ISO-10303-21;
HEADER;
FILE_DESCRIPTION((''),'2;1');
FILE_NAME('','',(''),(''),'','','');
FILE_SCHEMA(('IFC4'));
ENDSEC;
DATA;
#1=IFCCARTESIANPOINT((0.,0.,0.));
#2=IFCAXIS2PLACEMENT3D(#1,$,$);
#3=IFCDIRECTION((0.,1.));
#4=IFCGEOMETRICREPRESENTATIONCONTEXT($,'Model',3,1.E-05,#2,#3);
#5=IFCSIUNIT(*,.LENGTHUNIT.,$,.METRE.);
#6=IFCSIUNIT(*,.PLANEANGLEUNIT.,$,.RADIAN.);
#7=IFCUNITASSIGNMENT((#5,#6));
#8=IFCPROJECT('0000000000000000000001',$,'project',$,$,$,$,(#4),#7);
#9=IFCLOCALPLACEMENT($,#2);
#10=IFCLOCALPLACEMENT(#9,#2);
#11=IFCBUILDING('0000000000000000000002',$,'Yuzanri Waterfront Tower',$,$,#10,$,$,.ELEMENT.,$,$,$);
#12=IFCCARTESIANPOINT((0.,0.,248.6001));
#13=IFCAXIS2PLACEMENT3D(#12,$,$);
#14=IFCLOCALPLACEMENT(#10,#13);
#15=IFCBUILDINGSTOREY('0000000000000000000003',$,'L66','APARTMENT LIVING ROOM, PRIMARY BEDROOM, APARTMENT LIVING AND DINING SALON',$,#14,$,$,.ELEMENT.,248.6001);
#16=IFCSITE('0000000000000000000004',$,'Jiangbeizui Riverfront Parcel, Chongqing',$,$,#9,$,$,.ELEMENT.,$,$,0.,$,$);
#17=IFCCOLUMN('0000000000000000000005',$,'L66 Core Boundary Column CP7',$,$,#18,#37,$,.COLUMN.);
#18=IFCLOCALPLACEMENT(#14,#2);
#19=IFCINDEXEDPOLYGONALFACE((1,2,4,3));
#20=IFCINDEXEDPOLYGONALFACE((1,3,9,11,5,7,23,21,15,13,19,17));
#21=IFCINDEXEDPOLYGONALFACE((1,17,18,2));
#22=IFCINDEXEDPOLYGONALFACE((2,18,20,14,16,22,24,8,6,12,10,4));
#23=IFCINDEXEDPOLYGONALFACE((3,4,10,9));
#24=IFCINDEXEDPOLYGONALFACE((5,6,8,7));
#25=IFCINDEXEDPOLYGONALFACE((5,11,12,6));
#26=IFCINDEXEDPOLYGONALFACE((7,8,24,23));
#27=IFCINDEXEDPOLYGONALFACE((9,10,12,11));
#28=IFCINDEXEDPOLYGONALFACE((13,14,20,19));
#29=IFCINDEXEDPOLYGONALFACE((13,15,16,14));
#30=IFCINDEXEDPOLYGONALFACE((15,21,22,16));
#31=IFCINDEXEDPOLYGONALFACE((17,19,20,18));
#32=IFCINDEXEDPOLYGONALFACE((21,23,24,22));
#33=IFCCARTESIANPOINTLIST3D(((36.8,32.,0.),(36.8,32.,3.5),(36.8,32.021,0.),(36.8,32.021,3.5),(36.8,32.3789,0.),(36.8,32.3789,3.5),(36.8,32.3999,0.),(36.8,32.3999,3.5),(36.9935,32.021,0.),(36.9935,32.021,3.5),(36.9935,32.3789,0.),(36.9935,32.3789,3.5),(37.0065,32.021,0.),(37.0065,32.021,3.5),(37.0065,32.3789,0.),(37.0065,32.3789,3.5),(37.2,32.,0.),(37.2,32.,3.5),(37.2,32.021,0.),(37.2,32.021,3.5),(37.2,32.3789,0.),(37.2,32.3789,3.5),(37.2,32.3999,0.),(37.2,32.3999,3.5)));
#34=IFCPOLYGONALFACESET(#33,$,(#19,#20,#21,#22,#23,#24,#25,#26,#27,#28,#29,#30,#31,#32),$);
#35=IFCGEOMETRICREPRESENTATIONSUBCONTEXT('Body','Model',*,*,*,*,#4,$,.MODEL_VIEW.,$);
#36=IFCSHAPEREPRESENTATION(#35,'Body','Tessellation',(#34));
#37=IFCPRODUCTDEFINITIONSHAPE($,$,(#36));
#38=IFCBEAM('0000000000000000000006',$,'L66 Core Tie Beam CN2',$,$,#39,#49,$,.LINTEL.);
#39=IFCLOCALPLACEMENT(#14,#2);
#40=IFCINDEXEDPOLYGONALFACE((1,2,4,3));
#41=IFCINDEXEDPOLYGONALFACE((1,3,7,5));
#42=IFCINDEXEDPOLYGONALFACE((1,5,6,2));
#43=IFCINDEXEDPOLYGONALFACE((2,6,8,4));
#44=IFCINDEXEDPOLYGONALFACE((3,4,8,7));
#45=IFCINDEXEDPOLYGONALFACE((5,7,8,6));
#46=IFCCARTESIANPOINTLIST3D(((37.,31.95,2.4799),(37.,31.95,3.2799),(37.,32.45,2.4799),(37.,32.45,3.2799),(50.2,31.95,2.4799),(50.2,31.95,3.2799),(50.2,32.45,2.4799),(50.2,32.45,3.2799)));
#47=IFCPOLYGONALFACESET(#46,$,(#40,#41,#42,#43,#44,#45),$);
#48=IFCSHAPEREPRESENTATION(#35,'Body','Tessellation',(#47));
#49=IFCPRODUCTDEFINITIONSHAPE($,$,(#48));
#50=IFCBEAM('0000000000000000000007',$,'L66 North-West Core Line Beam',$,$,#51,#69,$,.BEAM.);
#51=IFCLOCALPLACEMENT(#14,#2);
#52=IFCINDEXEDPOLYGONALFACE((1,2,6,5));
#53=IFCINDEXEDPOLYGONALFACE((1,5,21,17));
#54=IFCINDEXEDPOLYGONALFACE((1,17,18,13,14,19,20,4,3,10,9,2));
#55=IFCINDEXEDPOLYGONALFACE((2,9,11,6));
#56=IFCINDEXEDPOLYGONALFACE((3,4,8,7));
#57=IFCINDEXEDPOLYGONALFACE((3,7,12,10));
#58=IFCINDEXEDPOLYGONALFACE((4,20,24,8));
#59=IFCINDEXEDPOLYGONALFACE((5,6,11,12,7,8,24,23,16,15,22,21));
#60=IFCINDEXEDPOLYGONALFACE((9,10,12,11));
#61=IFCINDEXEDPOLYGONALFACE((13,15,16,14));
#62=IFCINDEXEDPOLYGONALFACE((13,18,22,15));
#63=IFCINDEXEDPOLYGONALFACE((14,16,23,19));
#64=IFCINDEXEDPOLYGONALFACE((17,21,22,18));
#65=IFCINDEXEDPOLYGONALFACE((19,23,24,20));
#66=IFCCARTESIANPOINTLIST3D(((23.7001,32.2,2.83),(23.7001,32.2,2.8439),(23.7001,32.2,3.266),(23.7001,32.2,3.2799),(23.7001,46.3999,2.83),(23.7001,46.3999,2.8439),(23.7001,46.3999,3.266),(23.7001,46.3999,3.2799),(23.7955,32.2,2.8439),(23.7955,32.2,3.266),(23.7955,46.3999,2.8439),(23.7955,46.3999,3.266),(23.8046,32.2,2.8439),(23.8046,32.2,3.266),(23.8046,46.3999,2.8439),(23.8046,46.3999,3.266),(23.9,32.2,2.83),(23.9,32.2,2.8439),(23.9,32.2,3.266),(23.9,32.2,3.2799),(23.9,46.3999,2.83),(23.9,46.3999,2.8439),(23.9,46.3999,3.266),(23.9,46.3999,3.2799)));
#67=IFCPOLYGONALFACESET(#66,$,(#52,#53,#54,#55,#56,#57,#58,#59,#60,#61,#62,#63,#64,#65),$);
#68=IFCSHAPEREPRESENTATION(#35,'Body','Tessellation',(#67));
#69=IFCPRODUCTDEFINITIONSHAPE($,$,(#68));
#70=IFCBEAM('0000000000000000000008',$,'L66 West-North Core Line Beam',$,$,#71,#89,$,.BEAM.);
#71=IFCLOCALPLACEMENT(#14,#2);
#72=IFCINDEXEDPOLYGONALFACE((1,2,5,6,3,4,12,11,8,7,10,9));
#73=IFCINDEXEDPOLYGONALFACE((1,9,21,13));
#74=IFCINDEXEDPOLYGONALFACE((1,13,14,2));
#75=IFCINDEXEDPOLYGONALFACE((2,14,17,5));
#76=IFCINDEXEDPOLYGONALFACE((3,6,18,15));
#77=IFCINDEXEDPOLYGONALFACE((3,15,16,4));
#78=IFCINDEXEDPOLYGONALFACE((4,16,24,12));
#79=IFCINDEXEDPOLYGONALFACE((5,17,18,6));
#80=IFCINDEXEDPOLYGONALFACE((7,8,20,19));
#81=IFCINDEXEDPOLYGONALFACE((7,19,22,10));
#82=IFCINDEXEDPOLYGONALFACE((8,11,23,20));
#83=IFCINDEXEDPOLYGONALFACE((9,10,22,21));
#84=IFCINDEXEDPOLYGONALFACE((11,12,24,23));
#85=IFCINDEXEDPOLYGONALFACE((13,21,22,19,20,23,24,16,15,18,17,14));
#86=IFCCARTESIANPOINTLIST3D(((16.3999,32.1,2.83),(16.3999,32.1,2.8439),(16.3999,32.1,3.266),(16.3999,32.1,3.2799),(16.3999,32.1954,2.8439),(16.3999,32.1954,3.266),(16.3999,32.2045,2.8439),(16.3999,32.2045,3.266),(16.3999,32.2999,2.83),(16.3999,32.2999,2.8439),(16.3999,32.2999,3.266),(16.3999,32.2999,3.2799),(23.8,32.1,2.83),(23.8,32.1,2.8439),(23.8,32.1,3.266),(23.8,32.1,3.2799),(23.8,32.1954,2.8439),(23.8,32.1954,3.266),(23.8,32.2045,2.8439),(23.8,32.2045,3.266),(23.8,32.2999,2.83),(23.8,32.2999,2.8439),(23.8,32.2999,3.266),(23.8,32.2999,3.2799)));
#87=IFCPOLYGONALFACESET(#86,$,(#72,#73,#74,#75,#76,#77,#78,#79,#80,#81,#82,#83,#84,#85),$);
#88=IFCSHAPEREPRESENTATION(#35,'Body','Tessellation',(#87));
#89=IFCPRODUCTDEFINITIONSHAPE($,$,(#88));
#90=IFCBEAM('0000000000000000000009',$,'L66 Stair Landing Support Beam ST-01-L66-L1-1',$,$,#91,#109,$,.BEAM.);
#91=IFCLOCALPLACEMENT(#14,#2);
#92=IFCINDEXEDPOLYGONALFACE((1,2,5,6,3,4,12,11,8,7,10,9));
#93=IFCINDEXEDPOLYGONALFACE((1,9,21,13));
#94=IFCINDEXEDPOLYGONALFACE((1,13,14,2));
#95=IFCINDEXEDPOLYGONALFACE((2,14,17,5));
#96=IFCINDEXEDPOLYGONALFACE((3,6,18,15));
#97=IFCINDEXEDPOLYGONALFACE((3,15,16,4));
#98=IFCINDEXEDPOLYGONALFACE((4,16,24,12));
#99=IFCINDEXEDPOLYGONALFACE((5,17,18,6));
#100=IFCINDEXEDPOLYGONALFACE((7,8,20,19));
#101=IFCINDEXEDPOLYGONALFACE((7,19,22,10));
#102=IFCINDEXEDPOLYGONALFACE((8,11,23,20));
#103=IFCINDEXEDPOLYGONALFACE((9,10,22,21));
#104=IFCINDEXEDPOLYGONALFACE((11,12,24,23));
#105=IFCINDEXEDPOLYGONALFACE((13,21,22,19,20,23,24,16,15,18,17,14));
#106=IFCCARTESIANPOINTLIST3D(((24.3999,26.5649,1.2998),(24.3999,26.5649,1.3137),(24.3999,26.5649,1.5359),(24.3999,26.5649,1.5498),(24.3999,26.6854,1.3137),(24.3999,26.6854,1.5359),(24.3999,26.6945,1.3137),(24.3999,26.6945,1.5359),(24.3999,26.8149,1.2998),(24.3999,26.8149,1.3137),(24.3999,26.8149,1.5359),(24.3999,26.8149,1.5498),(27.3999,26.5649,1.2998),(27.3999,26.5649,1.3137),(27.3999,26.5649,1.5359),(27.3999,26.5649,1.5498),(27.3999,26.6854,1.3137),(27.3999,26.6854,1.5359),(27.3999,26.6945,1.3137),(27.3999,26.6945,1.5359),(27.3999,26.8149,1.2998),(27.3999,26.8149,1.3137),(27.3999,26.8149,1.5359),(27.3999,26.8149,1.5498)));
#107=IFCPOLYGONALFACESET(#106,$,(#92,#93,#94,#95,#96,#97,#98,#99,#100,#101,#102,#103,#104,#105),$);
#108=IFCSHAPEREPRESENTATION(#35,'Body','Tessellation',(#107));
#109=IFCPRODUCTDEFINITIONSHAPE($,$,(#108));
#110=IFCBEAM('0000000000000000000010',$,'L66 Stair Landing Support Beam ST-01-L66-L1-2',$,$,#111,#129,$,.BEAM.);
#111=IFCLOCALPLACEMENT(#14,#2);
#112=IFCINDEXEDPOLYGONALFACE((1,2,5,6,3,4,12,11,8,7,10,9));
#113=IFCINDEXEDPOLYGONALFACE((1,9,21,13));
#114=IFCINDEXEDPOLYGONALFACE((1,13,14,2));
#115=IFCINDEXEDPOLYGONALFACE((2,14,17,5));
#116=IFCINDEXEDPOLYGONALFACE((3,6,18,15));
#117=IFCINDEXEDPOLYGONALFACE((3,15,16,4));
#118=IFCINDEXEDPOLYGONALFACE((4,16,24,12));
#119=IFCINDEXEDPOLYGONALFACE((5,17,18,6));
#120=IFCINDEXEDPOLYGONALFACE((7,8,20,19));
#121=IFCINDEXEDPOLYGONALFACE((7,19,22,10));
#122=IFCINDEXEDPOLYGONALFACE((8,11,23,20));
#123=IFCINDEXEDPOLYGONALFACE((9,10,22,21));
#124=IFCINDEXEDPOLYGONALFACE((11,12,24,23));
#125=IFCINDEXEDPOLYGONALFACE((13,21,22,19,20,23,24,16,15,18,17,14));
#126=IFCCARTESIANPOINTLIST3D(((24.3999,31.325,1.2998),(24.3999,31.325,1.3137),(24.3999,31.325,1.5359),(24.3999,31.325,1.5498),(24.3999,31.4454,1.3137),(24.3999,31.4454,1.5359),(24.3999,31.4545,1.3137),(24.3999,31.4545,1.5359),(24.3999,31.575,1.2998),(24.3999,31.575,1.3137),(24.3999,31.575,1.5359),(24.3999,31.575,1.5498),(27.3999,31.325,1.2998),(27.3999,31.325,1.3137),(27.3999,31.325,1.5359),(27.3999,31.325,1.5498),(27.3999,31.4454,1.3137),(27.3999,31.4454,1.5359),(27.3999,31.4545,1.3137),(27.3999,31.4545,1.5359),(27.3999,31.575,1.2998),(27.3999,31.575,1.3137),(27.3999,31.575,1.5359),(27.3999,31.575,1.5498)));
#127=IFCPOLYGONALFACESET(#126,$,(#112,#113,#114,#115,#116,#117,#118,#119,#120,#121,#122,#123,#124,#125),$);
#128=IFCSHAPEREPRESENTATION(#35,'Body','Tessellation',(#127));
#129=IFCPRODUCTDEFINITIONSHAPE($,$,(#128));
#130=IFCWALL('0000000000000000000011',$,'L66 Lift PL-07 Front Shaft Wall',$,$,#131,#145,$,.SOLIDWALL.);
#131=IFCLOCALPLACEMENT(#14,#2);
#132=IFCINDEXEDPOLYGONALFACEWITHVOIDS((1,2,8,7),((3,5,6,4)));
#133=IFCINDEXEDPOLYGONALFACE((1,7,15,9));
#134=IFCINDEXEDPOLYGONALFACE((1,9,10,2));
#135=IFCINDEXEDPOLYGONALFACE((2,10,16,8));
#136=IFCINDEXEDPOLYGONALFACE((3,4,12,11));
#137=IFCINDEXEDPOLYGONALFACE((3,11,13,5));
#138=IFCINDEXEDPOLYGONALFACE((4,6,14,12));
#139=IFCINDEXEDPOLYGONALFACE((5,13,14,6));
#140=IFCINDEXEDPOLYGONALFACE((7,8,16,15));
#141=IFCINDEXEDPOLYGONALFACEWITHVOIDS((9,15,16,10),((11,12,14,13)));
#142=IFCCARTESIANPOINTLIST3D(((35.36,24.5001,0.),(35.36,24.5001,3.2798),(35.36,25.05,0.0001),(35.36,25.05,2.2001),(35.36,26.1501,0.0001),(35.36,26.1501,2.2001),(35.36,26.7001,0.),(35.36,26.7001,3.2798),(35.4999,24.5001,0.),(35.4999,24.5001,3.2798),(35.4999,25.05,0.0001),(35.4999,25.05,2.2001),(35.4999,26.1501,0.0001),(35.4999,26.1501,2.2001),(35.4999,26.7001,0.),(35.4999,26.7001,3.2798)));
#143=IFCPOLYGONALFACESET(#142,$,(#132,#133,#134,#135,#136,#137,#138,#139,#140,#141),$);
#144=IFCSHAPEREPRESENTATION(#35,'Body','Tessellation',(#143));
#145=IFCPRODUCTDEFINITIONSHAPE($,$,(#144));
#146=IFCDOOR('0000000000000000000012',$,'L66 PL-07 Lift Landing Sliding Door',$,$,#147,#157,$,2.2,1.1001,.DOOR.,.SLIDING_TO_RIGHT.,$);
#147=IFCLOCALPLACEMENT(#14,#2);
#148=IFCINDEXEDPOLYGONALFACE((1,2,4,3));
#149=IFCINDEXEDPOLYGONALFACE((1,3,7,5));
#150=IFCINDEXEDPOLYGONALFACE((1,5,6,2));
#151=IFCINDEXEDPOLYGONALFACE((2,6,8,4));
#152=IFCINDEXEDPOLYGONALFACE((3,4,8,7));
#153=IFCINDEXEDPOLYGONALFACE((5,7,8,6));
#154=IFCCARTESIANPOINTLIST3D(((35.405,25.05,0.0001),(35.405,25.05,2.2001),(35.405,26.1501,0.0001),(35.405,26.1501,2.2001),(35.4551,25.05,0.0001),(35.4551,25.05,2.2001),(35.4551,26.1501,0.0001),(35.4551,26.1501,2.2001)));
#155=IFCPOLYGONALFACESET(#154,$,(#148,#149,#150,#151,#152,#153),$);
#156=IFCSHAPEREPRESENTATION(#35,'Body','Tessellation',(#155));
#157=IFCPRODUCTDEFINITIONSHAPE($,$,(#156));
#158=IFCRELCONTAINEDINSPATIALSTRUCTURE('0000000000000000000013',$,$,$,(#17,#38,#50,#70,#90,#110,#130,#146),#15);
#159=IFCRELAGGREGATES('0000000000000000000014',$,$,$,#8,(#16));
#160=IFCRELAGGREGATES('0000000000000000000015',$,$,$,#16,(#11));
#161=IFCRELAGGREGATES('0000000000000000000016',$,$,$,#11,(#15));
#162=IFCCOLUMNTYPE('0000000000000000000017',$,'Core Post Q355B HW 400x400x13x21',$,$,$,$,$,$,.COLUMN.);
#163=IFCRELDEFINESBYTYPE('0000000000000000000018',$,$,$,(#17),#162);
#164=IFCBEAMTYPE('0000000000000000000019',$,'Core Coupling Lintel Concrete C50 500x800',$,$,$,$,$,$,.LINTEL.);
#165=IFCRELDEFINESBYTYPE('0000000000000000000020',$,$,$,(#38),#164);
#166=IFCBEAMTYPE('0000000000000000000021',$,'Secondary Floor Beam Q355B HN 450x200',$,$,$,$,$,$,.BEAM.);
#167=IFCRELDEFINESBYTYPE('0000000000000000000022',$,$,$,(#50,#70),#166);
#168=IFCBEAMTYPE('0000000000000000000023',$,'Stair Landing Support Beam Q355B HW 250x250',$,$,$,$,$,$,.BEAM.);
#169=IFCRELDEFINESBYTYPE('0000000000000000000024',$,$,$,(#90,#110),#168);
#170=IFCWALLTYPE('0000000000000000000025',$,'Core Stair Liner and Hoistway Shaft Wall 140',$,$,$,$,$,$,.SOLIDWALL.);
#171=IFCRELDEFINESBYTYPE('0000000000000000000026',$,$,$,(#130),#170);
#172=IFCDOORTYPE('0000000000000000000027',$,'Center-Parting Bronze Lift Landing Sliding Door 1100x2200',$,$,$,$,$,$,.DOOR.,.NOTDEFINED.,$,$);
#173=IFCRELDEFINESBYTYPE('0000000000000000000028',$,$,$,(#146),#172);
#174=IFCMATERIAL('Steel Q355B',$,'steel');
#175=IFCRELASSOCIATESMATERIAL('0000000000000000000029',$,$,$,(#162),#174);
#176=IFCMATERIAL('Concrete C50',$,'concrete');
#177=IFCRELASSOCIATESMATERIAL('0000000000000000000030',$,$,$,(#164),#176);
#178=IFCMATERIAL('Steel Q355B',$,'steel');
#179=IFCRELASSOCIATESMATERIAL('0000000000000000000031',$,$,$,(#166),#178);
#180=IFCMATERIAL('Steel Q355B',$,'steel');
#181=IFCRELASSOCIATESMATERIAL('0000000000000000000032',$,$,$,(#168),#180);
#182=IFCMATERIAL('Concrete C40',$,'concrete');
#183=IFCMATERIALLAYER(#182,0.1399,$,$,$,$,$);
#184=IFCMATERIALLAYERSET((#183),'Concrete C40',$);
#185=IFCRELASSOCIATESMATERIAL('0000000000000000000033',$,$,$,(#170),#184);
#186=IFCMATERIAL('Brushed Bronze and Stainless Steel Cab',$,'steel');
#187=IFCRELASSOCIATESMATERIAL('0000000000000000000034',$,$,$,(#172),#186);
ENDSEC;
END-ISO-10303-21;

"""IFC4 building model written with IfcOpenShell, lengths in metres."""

from ifc_helpers import new_model, si_unit, direction, frame, frame_2d, origin, origin_2d, place, context, subcontext, project, spatial, rectangle, i_section, extrude, source, transform, mapped, material, layer, layer_set, material_profile, profile_set, type_object, element, fill, save


model = new_model("IFC4")

# Units and contexts
model_context = context("Model", 3, precision=1e-05, world=origin(), true_north=direction((0.0, 1.0)))
body_context = subcontext(model_context, "Body", "Model", "MODEL_VIEW")
ifc_project = project(units=[si_unit("LENGTHUNIT", "METRE"), si_unit("PLANEANGLEUNIT", "RADIAN")], contexts=[model_context])

# Site, building, storey
site_placement = place(None, origin())
site = spatial("IfcSite", under=ifc_project, at=site_placement, Name="Jiangbeizui Riverfront Parcel, Chongqing", CompositionType="ELEMENT", RefElevation=0.0)
building_placement = place(site_placement, origin())
building = spatial("IfcBuilding", under=site, at=building_placement, Name="Yuzanri Waterfront Tower", CompositionType="ELEMENT")
storey_placement = place(building_placement, frame((0.0, 0.0, 248.6001)))
storey = spatial("IfcBuildingStorey", under=building, at=storey_placement, Name="L66", Description="APARTMENT LIVING ROOM, PRIMARY BEDROOM, APARTMENT LIVING AND DINING SALON", CompositionType="ELEMENT", Elevation=248.6001)

# Column
ifc_material_1 = material(Name="Steel Q355B", Category="steel")
ifc_material_profile_1 = material_profile(ifc_material_1, i_section(OverallWidth=0.3999, OverallDepth=0.3999, WebThickness=0.0129, FlangeThickness=0.021, at=origin_2d()), Name="HW 400x400x13x21")
ifc_profile_set_1 = profile_set([ifc_material_profile_1], Name="Steel Q355B")
column_type = type_object("IfcColumnType", Name="Core Post Q355B HW 400x400x13x21", PredefinedType="COLUMN", material=ifc_profile_set_1)
shared_shape_1 = source(origin(), body_context, "Body", "SweptSolid", [
    extrude(i_section(OverallWidth=0.3999, OverallDepth=0.3999, WebThickness=0.0129, FlangeThickness=0.021, at=origin_2d()), origin(), (0.0, 0.0, 1.0), 3.5),
])
column_placement = place(storey_placement, frame((37.0, 32.2, 0.0), z_axis=(0.0, 0.0, 1.0), x_axis=(1.0, 0.0, 0.0)))
element("IfcColumn", 1, at=column_placement, inside=storey, type_object=column_type, Name="L66 Core Boundary Column CP7", PredefinedType="COLUMN", context=body_context, shape_type="MappedRepresentation", body=[
    mapped(shared_shape_1, transform((0.0, 0.0, 0.0), scale=1.0)),
])

# Beams
ifc_material_2 = material(Name="Concrete C50", Category="concrete")
ifc_material_profile_2 = material_profile(ifc_material_2, rectangle(XDim=0.5, YDim=0.8, at=origin_2d()), Name="RC 500x800")
ifc_profile_set_2 = profile_set([ifc_material_profile_2], Name="Concrete C50")
beam_type_1 = type_object("IfcBeamType", Name="Core Coupling Lintel Concrete C50 500x800", PredefinedType="LINTEL", material=ifc_profile_set_2)
shared_shape_2 = source(origin(), body_context, "Body", "SweptSolid", [
    extrude(rectangle(XDim=0.5, YDim=0.8, at=origin_2d()), origin(), (0.0, 0.0, 1.0), 13.2),
])
beam_1_placement = place(storey_placement, frame((37.0, 32.2, 2.8799), z_axis=(1.0, 0.0, 0.0), x_axis=(0.0, 1.0, 0.0)))
element("IfcBeam", 2, at=beam_1_placement, inside=storey, type_object=beam_type_1, Name="L66 Core Tie Beam CN2", PredefinedType="LINTEL", context=body_context, shape_type="MappedRepresentation", body=[
    mapped(shared_shape_2, transform((0.0, 0.0, 0.0), scale=1.0)),
])
ifc_material_3 = material(Name="Steel Q355B", Category="steel")
ifc_material_profile_3 = material_profile(ifc_material_3, i_section(OverallWidth=0.2, OverallDepth=0.45, WebThickness=0.009, FlangeThickness=0.0139, at=origin_2d()), Name="HN 450x200x9x14")
ifc_profile_set_3 = profile_set([ifc_material_profile_3], Name="Steel Q355B")
beam_type_2 = type_object("IfcBeamType", Name="Secondary Floor Beam Q355B HN 450x200", PredefinedType="BEAM", material=ifc_profile_set_3)
shared_shape_3 = source(origin(), body_context, "Body", "SweptSolid", [
    extrude(i_section(OverallWidth=0.2, OverallDepth=0.45, WebThickness=0.009, FlangeThickness=0.0139, at=origin_2d()), origin(), (0.0, 0.0, 1.0), 14.2),
])
beam_2_placement = place(storey_placement, frame((23.8, 32.2, 3.0549), z_axis=(0.0, 1.0, 0.0), x_axis=(-1.0, 0.0, 0.0)))
element("IfcBeam", 3, at=beam_2_placement, inside=storey, type_object=beam_type_2, Name="L66 North-West Core Line Beam", PredefinedType="BEAM", context=body_context, shape_type="MappedRepresentation", body=[
    mapped(shared_shape_3, transform((0.0, 0.0, 0.0), scale=1.0)),
])
shared_shape_4 = source(origin(), body_context, "Body", "SweptSolid", [
    extrude(i_section(OverallWidth=0.2, OverallDepth=0.45, WebThickness=0.009, FlangeThickness=0.0139, at=origin_2d()), origin(), (0.0, 0.0, 1.0), 7.4001),
])
beam_3_placement = place(storey_placement, frame((23.8, 32.2, 3.0549), z_axis=(-1.0, 0.0, 0.0), x_axis=(0.0, -1.0, 0.0)))
element("IfcBeam", 4, at=beam_3_placement, inside=storey, type_object=beam_type_2, Name="L66 West-North Core Line Beam", PredefinedType="BEAM", context=body_context, shape_type="MappedRepresentation", body=[
    mapped(shared_shape_4, transform((0.0, 0.0, 0.0), scale=1.0)),
])
ifc_material_4 = material(Name="Steel Q355B", Category="steel")
ifc_material_profile_4 = material_profile(ifc_material_4, i_section(OverallWidth=0.25, OverallDepth=0.25, WebThickness=0.009, FlangeThickness=0.0139, at=origin_2d()), Name="HW 250x250x9x14")
ifc_profile_set_4 = profile_set([ifc_material_profile_4], Name="Steel Q355B")
beam_type_3 = type_object("IfcBeamType", Name="Stair Landing Support Beam Q355B HW 250x250", PredefinedType="BEAM", material=ifc_profile_set_4)
shared_shape_5 = source(origin(), body_context, "Body", "SweptSolid", [
    extrude(i_section(OverallWidth=0.25, OverallDepth=0.25, WebThickness=0.009, FlangeThickness=0.0139, at=origin_2d()), origin(), (0.0, 0.0, 1.0), 3.0),
])
for number, where, z_axis, x_axis, name in (
    (5, (24.3999, 26.6899, 1.4248), (1.0, 0.0, 0.0), (0.0, 1.0, 0.0), "L66 Stair Landing Support Beam ST-01-L66-L1-1"),
    (6, (24.3999, 31.45, 1.4248), (1.0, 0.0, 0.0), (0.0, 1.0, 0.0), "L66 Stair Landing Support Beam ST-01-L66-L1-2"),
):
    element("IfcBeam", number, at=place(storey_placement, frame(where, z_axis=z_axis, x_axis=x_axis)), inside=storey, type_object=beam_type_3, Name=name, PredefinedType="BEAM", context=body_context, shape_type="MappedRepresentation", body=[
        mapped(shared_shape_5, transform((0.0, 0.0, 0.0), scale=1.0)),
    ])

# Wall, opening, door
ifc_material_5 = material(Name="Concrete C40", Category="concrete")
ifc_layer_1 = layer(ifc_material_5, 0.1399)
ifc_layer_set_1 = layer_set([ifc_layer_1], Name="Concrete C40")
wall_type_1 = type_object("IfcWallType", Name="Core Stair Liner and Hoistway Shaft Wall 140", PredefinedType="SOLIDWALL", material=ifc_layer_set_1)
wall_1_placement = place(storey_placement, frame((35.4299, 24.5, 0.0), z_axis=(0.0, 0.0, 1.0), x_axis=(0.0, 1.0, 0.0)))
wall_1 = element("IfcWall", 7, at=wall_1_placement, inside=storey, type_object=wall_type_1, Name="L66 Lift PL-07 Front Shaft Wall", PredefinedType="SOLIDWALL", context=body_context, shape_type="SweptSolid", body=[
    extrude(rectangle(XDim=2.2, YDim=0.1399, at=frame_2d((1.1001, 0.0))), origin(), (0.0, 0.0, 1.0), 3.2798),
])
opening_1_placement = place(wall_1_placement, frame((0.55, 0.0, 0.0)))
opening_1 = element("IfcOpeningElement", 8, at=opening_1_placement, cuts=wall_1, PredefinedType="OPENING", context=body_context, shape_type="SweptSolid", body=[
    extrude(rectangle(XDim=1.1001, YDim=2.2, at=frame_2d((0.55, 1.1001))), frame((0.0, 0.085, 0.0), z_axis=(0.0, -1.0, 0.0), x_axis=(1.0, 0.0, 0.0)), (0.0, 0.0, 1.0), 0.1697),
])
ifc_material_6 = material(Name="Brushed Bronze and Stainless Steel Cab", Category="steel")
door_type_1 = type_object("IfcDoorType", Name="Center-Parting Bronze Lift Landing Sliding Door 1100x2200", OperationType="NOTDEFINED", PredefinedType="DOOR", material=ifc_material_6)
shared_shape_6 = source(origin(), body_context, "Body", "SweptSolid", [
    extrude(rectangle(XDim=1.1001, YDim=2.2, at=frame_2d((0.55, 1.1001))), frame((0.0, 0.0249, 0.0), z_axis=(0.0, -1.0, 0.0), x_axis=(1.0, 0.0, 0.0)), (0.0, 0.0, 1.0), 0.05),
])
door_1_placement = place(opening_1_placement, origin())
door_1 = element("IfcDoor", 9, at=door_1_placement, inside=storey, type_object=door_type_1, Name="L66 PL-07 Lift Landing Sliding Door", OperationType="SLIDING_TO_RIGHT", OverallHeight=2.2, OverallWidth=1.1001, PredefinedType="DOOR", context=body_context, shape_type="MappedRepresentation", body=[
    mapped(shared_shape_6, transform((0.0, 0.0, 0.0), scale=1.0)),
])
fill(opening_1, door_1)

save(model, "model.ifc")
